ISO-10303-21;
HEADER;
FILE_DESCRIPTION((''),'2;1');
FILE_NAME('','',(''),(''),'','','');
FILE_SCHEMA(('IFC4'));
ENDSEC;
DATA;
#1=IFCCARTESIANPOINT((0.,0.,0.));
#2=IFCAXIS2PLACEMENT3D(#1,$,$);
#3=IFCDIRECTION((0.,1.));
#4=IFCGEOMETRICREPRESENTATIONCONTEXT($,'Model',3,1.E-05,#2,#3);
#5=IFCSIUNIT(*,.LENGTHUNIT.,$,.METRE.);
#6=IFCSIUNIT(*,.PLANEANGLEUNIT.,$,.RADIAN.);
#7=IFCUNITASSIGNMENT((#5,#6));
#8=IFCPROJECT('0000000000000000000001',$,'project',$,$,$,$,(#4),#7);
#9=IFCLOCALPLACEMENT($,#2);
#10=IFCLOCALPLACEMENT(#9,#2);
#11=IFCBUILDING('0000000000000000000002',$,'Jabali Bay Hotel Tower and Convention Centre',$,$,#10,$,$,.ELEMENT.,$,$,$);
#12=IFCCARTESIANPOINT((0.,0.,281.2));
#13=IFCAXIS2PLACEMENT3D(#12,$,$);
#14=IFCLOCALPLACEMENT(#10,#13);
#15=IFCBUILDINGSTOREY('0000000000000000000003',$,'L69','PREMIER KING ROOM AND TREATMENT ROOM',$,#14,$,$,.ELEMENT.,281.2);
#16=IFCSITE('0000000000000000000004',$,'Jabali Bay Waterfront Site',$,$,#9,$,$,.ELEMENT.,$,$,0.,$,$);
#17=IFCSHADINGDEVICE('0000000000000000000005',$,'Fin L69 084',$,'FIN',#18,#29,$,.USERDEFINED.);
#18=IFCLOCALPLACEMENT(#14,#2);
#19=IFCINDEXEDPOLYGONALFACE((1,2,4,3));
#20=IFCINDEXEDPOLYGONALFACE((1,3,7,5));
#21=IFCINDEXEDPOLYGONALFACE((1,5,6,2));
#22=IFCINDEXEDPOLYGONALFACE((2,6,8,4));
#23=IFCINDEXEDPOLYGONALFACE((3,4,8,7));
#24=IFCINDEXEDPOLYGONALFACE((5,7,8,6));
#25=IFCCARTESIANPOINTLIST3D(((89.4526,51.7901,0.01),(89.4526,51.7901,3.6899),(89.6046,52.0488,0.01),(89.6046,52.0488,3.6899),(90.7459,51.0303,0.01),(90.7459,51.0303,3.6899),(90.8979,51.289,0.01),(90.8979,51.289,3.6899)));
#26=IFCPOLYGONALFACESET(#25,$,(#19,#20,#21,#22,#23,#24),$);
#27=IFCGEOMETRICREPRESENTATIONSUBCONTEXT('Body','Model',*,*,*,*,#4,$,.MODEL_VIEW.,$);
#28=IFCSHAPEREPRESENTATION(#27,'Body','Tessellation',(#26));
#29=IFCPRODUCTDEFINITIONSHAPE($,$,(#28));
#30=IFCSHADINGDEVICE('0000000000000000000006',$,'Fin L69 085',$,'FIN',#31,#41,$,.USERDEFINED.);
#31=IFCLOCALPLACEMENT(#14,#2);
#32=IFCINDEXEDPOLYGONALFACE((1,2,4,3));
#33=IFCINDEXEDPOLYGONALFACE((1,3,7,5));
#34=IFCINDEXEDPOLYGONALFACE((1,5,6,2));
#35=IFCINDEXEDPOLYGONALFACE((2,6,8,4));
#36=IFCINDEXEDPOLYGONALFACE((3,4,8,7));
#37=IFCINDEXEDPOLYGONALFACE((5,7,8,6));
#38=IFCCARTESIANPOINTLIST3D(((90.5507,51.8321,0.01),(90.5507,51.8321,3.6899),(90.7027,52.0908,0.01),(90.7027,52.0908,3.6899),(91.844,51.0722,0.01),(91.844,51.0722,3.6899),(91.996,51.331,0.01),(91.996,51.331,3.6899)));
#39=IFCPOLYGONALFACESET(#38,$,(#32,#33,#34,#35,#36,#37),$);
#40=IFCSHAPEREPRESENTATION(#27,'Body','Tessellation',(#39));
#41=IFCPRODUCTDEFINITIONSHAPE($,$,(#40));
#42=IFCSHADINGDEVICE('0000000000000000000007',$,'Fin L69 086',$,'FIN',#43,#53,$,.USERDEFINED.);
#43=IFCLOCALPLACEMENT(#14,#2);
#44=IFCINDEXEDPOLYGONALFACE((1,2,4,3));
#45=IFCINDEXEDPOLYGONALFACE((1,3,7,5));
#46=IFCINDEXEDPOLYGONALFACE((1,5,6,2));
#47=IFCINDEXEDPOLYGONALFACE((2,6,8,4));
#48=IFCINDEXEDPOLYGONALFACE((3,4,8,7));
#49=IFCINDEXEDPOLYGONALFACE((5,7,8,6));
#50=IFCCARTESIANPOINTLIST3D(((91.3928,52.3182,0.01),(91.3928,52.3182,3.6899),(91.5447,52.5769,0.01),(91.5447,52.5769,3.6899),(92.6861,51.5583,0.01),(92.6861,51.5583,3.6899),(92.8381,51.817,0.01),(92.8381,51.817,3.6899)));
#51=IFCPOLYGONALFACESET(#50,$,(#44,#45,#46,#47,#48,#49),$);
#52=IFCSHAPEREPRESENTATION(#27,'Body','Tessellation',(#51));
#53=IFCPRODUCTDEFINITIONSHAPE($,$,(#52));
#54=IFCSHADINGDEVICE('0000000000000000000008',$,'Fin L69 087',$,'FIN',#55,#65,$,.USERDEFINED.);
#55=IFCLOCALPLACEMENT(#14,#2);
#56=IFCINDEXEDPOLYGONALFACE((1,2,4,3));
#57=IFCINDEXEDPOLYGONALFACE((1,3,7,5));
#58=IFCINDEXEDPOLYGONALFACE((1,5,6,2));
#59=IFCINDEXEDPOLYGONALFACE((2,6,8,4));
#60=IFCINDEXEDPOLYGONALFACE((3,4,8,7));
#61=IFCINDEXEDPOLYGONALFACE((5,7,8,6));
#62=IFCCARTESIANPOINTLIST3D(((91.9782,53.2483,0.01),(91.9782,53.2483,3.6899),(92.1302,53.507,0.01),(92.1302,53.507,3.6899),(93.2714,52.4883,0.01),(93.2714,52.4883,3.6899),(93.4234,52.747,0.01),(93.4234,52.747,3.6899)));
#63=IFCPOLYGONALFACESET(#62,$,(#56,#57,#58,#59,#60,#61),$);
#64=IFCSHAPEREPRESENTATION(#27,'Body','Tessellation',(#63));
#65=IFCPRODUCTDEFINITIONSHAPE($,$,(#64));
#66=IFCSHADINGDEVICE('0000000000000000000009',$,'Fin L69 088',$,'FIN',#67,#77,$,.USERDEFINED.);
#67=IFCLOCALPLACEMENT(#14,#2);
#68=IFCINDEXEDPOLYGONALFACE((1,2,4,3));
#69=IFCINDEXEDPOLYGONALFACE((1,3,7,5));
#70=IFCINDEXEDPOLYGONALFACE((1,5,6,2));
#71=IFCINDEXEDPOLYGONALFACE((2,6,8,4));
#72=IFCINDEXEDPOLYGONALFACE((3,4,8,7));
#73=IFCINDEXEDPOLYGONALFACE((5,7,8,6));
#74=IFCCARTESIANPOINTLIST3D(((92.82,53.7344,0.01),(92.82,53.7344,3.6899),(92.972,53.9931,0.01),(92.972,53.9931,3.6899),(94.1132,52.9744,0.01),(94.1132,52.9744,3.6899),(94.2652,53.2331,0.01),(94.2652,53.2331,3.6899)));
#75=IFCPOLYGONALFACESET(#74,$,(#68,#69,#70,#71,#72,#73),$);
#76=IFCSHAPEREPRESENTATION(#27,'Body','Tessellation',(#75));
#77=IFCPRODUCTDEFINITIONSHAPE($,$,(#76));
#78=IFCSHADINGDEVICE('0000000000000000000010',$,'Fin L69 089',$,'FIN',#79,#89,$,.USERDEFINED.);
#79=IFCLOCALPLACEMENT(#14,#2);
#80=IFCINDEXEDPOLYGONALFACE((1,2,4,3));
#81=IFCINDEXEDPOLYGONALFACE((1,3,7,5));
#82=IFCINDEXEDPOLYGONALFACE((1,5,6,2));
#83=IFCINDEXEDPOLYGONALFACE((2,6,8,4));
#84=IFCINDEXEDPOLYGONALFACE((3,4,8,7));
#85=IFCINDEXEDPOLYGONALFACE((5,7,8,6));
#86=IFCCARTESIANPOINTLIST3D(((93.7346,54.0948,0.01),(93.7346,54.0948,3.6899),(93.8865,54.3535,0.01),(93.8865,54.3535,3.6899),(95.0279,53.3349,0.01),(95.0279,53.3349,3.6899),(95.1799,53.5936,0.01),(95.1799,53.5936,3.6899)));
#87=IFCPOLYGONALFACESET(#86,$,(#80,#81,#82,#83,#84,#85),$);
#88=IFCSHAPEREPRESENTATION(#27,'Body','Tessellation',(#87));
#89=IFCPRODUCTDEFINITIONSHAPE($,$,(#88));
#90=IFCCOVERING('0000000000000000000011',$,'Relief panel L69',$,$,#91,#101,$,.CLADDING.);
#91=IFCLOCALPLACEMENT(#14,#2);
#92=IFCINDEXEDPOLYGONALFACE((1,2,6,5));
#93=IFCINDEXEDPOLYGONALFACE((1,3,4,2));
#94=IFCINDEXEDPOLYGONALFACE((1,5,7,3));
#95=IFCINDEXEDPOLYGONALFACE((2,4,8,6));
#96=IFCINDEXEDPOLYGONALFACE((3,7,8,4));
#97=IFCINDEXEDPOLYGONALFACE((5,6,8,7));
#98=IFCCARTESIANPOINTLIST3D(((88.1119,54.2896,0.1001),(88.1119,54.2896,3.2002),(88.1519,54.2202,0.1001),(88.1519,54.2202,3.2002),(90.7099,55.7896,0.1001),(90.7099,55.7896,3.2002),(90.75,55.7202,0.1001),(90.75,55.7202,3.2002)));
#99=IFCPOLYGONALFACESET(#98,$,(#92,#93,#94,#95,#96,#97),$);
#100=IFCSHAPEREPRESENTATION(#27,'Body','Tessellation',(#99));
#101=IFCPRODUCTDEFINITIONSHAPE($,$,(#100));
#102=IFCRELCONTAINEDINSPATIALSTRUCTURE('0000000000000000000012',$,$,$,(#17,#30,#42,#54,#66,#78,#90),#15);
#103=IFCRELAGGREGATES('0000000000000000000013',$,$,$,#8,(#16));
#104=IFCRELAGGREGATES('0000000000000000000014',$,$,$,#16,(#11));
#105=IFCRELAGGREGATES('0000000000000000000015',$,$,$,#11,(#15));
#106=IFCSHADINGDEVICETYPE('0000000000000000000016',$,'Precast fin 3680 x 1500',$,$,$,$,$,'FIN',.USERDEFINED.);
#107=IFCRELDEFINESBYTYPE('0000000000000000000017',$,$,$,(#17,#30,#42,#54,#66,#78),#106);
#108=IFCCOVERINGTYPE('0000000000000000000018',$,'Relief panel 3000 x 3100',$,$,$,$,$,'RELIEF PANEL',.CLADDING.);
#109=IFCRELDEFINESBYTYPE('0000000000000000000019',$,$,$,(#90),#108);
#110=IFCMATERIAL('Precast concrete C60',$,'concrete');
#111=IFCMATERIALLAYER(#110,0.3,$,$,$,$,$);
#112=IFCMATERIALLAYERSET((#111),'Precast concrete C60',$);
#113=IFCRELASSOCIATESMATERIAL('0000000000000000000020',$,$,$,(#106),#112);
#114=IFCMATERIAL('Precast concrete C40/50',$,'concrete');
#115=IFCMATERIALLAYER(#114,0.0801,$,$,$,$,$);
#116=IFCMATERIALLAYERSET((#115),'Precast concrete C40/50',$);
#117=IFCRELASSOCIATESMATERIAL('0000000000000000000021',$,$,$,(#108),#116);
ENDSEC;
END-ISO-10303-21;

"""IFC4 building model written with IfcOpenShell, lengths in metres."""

from ifc_helpers import new_model, si_unit, direction, frame, frame_2d, origin, origin_2d, place, context, subcontext, project, spatial, rectangle, extrude, material, layer, layer_set, type_object, element, save


model = new_model("IFC4")

# Units and contexts
model_context = context("Model", 3, precision=1e-05, world=origin(), true_north=direction((0.0, 1.0)))
body_context = subcontext(model_context, "Body", "Model", "MODEL_VIEW")
ifc_project = project(units=[si_unit("LENGTHUNIT", "METRE"), si_unit("PLANEANGLEUNIT", "RADIAN")], contexts=[model_context])

# Site, building, storey
site_placement = place(None, origin())
site = spatial("IfcSite", under=ifc_project, at=site_placement, Name="Jabali Bay Waterfront Site", CompositionType="ELEMENT", RefElevation=0.0)
building_placement = place(site_placement, origin())
building = spatial("IfcBuilding", under=site, at=building_placement, Name="Jabali Bay Hotel Tower and Convention Centre", CompositionType="ELEMENT")
storey_placement = place(building_placement, frame((0.0, 0.0, 281.2)))
storey = spatial("IfcBuildingStorey", under=building, at=storey_placement, Name="L69", Description="PREMIER KING ROOM AND TREATMENT ROOM", CompositionType="ELEMENT", Elevation=281.2)

# Shading devices
ifc_material_1 = material(Name="Precast concrete C60", Category="concrete")
ifc_layer_1 = layer(ifc_material_1, 0.3)
ifc_layer_set_1 = layer_set([ifc_layer_1], Name="Precast concrete C60")
shading_device_type_1 = type_object("IfcShadingDeviceType", Name="Precast fin 3680 x 1500", ElementType="FIN", PredefinedType="USERDEFINED", material=ifc_layer_set_1)
for number, where, z_axis, x_axis, name in (
    (1, (89.5286, 51.9194, 0.01), (0.0, 0.0, 1.0), (0.86221, -0.506551, 0.0), "Fin L69 084"),
    (2, (90.6267, 51.9614, 0.01), (0.0, 0.0, 1.0), (0.86221, -0.506551, 0.0), "Fin L69 085"),
    (3, (91.4688, 52.4475, 0.01), (0.0, 0.0, 1.0), (0.86221, -0.506551, 0.0), "Fin L69 086"),
    (4, (92.0542, 53.3777, 0.01), (0.0, 0.0, 1.0), (0.862139, -0.506672, 0.0), "Fin L69 087"),
    (5, (92.896, 53.8638, 0.01), (0.0, 0.0, 1.0), (0.862139, -0.506672, 0.0), "Fin L69 088"),
    (6, (93.8105, 54.2241, 0.01), (0.0, 0.0, 1.0), (0.86221, -0.506551, 0.0), "Fin L69 089"),
):
    element("IfcShadingDevice", number, at=place(storey_placement, frame(where, z_axis=z_axis, x_axis=x_axis)), inside=storey, type_object=shading_device_type_1, Name=name, ObjectType="FIN", PredefinedType="USERDEFINED", context=body_context, shape_type="SweptSolid", body=[
        extrude(rectangle(XDim=1.5, YDim=0.3, at=frame_2d((0.75, 0.0))), origin(), (0.0, 0.0, 1.0), 3.6799),
    ])

# Covering
ifc_material_2 = material(Name="Precast concrete C40/50", Category="concrete")
ifc_layer_2 = layer(ifc_material_2, 0.0801)
ifc_layer_set_2 = layer_set([ifc_layer_2], Name="Precast concrete C40/50")
covering_type = type_object("IfcCoveringType", Name="Relief panel 3000 x 3100", ElementType="RELIEF PANEL", PredefinedType="CLADDING", material=ifc_layer_set_2)
covering_placement = place(storey_placement, frame((89.4309, 55.0049, 0.1001), z_axis=(0.0, 0.0, 1.0), x_axis=(-0.866025, -0.5, 0.0)))
element("IfcCovering", 7, at=covering_placement, inside=storey, type_object=covering_type, Name="Relief panel L69", PredefinedType="CLADDING", context=body_context, shape_type="SweptSolid", body=[
    extrude(rectangle(XDim=3.0, YDim=0.0801, at=origin_2d()), origin(), (0.0, 0.0, 1.0), 3.1001),
])

save(model, "model.ifc")
